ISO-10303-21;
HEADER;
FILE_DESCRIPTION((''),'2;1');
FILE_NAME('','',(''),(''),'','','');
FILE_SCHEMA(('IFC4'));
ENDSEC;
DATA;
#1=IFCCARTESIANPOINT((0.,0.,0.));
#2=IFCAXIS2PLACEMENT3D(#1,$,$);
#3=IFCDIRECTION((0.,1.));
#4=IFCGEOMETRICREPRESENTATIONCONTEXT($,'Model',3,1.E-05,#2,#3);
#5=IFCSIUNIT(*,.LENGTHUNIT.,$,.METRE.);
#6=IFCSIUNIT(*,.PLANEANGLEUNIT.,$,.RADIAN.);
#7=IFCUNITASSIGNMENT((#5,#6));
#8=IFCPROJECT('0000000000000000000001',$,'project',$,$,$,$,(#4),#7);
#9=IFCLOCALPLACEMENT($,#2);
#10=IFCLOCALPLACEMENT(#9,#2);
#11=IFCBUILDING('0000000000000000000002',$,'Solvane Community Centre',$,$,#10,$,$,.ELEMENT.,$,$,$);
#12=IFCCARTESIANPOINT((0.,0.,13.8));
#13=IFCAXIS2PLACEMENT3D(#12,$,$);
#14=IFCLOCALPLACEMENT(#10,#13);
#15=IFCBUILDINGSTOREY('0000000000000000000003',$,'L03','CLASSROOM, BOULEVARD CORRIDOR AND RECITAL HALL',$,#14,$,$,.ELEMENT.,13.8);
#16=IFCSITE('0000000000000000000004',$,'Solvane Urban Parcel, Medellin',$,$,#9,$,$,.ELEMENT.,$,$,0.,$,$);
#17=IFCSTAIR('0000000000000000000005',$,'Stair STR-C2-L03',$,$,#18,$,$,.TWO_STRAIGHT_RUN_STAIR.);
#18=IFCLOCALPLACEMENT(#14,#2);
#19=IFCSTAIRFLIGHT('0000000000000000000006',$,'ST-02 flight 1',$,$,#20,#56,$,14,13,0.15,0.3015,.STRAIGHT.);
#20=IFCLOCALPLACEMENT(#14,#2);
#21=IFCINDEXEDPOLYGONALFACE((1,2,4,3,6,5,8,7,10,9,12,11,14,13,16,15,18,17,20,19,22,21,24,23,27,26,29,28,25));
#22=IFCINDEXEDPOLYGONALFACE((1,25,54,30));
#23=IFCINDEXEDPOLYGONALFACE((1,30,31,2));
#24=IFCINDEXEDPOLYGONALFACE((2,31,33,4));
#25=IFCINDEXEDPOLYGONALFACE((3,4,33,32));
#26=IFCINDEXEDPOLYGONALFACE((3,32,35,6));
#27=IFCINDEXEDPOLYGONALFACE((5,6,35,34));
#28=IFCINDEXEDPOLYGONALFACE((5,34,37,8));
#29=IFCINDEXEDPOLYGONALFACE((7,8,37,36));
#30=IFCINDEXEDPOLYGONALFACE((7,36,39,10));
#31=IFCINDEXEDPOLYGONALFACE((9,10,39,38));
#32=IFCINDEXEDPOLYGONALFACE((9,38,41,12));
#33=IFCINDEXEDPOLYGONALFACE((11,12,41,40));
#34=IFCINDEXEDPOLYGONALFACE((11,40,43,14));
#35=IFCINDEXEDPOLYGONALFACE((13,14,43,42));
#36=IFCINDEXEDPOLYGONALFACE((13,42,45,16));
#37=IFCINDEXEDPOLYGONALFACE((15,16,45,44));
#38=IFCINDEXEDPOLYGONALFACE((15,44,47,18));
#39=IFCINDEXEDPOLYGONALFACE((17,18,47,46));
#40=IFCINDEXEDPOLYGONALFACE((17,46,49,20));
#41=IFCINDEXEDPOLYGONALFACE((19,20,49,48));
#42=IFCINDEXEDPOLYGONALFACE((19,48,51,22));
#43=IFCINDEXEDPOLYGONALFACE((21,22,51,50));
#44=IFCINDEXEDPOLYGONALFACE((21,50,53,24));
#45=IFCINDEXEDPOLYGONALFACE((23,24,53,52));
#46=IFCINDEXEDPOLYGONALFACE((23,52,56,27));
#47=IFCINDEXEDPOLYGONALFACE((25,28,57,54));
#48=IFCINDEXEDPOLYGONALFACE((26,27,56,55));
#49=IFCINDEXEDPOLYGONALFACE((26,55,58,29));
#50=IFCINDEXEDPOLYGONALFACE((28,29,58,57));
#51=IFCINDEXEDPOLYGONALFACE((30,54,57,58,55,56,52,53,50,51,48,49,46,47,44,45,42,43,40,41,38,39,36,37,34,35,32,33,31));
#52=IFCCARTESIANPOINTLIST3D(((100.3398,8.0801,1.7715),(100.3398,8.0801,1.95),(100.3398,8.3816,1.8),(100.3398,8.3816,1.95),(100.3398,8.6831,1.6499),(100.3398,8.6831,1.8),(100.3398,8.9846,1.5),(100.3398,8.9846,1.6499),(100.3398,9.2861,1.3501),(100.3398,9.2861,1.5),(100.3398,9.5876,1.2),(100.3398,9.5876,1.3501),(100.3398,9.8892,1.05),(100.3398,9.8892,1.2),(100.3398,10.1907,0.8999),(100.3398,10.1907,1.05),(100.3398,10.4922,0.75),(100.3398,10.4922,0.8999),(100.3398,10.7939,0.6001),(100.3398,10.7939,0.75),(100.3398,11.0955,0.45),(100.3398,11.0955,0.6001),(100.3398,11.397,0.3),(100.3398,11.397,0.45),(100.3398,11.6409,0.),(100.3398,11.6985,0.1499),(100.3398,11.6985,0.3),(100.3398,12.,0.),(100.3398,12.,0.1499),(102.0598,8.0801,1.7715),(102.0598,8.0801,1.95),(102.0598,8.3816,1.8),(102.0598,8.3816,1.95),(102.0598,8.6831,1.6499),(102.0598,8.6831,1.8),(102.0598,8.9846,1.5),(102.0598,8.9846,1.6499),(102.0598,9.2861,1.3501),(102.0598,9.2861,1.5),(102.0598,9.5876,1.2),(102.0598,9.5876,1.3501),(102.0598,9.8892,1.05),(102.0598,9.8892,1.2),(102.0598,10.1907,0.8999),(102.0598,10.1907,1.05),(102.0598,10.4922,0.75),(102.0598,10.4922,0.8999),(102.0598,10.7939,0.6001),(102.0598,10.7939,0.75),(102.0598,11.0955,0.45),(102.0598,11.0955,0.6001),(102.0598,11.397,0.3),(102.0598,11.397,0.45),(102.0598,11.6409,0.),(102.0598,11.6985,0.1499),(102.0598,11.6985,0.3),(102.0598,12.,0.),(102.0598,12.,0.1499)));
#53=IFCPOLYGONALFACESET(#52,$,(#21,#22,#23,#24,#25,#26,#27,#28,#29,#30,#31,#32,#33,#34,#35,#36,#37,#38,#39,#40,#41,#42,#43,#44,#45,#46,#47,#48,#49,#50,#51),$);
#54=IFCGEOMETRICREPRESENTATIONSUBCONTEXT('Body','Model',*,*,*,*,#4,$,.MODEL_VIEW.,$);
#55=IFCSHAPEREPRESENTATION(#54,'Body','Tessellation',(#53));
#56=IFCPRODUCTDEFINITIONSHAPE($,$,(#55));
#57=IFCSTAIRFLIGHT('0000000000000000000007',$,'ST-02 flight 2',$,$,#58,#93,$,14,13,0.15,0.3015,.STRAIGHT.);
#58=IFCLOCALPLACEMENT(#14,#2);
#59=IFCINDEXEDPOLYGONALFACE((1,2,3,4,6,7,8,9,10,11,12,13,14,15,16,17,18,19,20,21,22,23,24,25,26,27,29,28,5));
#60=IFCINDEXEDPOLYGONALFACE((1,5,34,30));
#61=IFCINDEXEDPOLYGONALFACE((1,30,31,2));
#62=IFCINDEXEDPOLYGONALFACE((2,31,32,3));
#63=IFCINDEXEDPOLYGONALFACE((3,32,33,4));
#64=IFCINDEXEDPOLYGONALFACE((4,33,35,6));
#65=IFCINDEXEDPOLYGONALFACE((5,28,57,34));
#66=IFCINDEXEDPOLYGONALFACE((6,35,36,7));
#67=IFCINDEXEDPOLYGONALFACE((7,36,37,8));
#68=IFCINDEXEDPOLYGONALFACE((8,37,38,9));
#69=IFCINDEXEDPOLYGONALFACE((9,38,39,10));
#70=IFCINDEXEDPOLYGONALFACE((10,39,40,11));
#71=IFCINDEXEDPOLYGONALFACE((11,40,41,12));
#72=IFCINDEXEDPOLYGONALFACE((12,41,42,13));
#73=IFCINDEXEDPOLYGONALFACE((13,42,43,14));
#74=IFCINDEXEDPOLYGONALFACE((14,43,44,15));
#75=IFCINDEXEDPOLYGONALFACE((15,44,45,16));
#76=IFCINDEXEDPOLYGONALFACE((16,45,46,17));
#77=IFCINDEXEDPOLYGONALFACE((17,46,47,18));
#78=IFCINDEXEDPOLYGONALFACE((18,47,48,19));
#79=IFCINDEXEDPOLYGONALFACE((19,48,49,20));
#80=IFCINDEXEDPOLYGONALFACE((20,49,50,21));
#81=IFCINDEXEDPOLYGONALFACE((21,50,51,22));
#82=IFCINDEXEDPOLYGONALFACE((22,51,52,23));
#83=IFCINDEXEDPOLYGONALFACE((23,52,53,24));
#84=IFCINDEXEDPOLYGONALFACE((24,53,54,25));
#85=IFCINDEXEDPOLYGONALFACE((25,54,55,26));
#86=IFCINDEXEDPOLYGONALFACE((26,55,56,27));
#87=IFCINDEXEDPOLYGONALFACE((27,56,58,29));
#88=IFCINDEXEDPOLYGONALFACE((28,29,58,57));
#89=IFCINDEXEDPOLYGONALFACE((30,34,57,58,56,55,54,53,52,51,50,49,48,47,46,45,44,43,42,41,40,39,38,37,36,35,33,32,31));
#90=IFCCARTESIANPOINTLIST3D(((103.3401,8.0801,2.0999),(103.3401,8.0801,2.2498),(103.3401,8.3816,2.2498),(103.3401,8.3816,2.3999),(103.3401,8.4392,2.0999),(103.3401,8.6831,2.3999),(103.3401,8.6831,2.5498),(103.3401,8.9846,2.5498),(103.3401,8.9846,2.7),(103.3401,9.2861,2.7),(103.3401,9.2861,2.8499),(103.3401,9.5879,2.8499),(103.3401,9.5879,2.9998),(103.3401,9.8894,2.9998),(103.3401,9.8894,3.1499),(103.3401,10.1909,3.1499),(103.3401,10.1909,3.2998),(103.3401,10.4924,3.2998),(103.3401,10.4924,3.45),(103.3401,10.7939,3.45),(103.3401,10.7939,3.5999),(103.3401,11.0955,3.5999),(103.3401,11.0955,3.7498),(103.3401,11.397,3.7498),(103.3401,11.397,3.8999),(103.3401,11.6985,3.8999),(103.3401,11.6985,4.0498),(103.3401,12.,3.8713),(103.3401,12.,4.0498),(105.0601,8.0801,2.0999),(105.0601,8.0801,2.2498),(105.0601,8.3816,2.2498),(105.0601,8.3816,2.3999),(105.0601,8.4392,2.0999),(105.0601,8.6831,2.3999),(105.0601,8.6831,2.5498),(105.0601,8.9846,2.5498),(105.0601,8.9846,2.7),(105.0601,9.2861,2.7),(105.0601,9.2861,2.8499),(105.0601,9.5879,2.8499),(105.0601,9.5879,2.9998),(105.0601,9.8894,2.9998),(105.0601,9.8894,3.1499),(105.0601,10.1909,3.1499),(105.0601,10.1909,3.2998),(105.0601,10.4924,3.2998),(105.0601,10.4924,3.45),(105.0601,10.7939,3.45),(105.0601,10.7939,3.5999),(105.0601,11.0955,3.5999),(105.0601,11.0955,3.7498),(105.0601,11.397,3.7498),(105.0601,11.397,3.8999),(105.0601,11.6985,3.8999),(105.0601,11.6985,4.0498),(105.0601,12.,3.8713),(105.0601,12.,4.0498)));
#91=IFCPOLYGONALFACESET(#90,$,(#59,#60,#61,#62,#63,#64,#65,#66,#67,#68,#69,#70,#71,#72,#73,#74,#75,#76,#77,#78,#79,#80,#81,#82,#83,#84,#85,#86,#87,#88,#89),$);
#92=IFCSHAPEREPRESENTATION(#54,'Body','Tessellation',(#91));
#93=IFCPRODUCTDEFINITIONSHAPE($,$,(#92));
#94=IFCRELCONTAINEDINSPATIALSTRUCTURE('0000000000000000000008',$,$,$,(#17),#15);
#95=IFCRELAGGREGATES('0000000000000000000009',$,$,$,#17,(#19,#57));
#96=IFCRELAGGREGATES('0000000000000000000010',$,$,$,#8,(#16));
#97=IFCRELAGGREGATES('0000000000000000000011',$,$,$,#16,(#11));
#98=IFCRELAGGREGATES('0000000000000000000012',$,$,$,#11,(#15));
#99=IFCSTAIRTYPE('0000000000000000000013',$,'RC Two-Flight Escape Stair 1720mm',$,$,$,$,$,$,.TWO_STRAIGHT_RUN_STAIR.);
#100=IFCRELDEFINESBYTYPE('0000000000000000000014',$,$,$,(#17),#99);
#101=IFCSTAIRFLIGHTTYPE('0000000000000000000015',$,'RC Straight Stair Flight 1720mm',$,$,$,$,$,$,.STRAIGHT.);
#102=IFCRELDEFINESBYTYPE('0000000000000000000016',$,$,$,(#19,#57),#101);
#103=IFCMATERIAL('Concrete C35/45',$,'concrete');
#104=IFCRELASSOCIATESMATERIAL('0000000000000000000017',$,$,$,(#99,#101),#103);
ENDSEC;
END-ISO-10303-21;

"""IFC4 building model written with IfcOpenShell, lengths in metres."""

from ifc_helpers import new_model, si_unit, direction, frame, origin, place, context, subcontext, project, spatial, polyline, outline, extrude, material, type_object, element, aggregate, save


model = new_model("IFC4")

# Units and contexts
model_context = context("Model", 3, precision=1e-05, world=origin(), true_north=direction((0.0, 1.0)))
body_context = subcontext(model_context, "Body", "Model", "MODEL_VIEW")
ifc_project = project(units=[si_unit("LENGTHUNIT", "METRE"), si_unit("PLANEANGLEUNIT", "RADIAN")], contexts=[model_context])

# Site, building, storey
site_placement = place(None, origin())
site = spatial("IfcSite", under=ifc_project, at=site_placement, Name="Solvane Urban Parcel, Medellin", CompositionType="ELEMENT", RefElevation=0.0)
building_placement = place(site_placement, origin())
building = spatial("IfcBuilding", under=site, at=building_placement, Name="Solvane Community Centre", CompositionType="ELEMENT")
storey_placement = place(building_placement, frame((0.0, 0.0, 13.8)))
storey = spatial("IfcBuildingStorey", under=building, at=storey_placement, Name="L03", Description="CLASSROOM, BOULEVARD CORRIDOR AND RECITAL HALL", CompositionType="ELEMENT", Elevation=13.8)

# Shared definitions
ifc_material_1 = material(Name="Concrete C35/45", Category="concrete")

# Stair, stair flights
stair_type = type_object("IfcStairType", Name="RC Two-Flight Escape Stair 1720mm", PredefinedType="TWO_STRAIGHT_RUN_STAIR", material=ifc_material_1)
stair_placement = place(storey_placement, origin())
stair = element("IfcStair", 1, at=stair_placement, inside=storey, type_object=stair_type, Name="Stair STR-C2-L03", PredefinedType="TWO_STRAIGHT_RUN_STAIR")
stair_flight_type = type_object("IfcStairFlightType", Name="RC Straight Stair Flight 1720mm", PredefinedType="STRAIGHT", material=ifc_material_1)
stair_flight_1_placement = place(storey_placement, frame((101.2, 12.0, 0.0), z_axis=(0.0, 0.0, 1.0), x_axis=(0.0, -1.0, 0.0)))
stair_flight_1 = element("IfcStairFlight", 2, at=stair_flight_1_placement, type_object=stair_flight_type, Name="ST-02 flight 1", NumberOfRisers=14, NumberOfTreads=13, PredefinedType="STRAIGHT", RiserHeight=0.15, TreadLength=0.3015, context=body_context, shape_type="SweptSolid", body=[
    extrude(outline(polyline([(0.0, 0.0), (0.0, 0.1499), (0.3015, 0.1499), (0.3015, 0.3), (0.603, 0.3), (0.603, 0.45), (0.9045, 0.45), (0.9045, 0.6001), (1.2061, 0.6001), (1.2061, 0.75), (1.5078, 0.75), (1.5078, 0.8999), (1.8093, 0.8999), (1.8093, 1.05), (2.1108, 1.05), (2.1108, 1.2), (2.4124, 1.2), (2.4124, 1.3501), (2.7139, 1.3501), (2.7139, 1.5), (3.0154, 1.5), (3.0154, 1.6499), (3.3169, 1.6499), (3.3169, 1.8), (3.6184, 1.8), (3.6184, 1.95), (3.9199, 1.95), (3.9199, 2.1001), (3.9199, 1.7715), (0.3591, 0.0), (0.0, 0.0)])), frame((0.0, 0.8599, 0.0), z_axis=(0.0, -1.0, 0.0), x_axis=(1.0, 0.0, 0.0)), (0.0, 0.0, 1.0), 1.72),
])
stair_flight_2_placement = place(storey_placement, frame((104.2, 8.0801, 2.0999), z_axis=(0.0, 0.0, 1.0), x_axis=(0.0, 1.0, 0.0)))
stair_flight_2 = element("IfcStairFlight", 3, at=stair_flight_2_placement, type_object=stair_flight_type, Name="ST-02 flight 2", NumberOfRisers=14, NumberOfTreads=13, PredefinedType="STRAIGHT", RiserHeight=0.15, TreadLength=0.3015, context=body_context, shape_type="SweptSolid", body=[
    extrude(outline(polyline([(0.0, 0.0), (0.0, 0.1499), (0.3015, 0.1499), (0.3015, 0.3), (0.603, 0.3), (0.603, 0.45), (0.9045, 0.45), (0.9045, 0.6001), (1.2061, 0.6001), (1.2061, 0.75), (1.5078, 0.75), (1.5078, 0.8999), (1.8093, 0.8999), (1.8093, 1.05), (2.1108, 1.05), (2.1108, 1.2), (2.4124, 1.2), (2.4124, 1.3501), (2.7139, 1.3501), (2.7139, 1.5), (3.0154, 1.5), (3.0154, 1.6499), (3.3169, 1.6499), (3.3169, 1.8), (3.6184, 1.8), (3.6184, 1.95), (3.9199, 1.95), (3.9199, 2.1001), (3.9199, 1.7715), (0.3591, 0.0), (0.0, 0.0)])), frame((0.0, 0.8599, 0.0), z_axis=(0.0, -1.0, 0.0), x_axis=(1.0, 0.0, 0.0)), (0.0, 0.0, 1.0), 1.72),
])
aggregate(stair, [stair_flight_1, stair_flight_2])

save(model, "model.ifc")
